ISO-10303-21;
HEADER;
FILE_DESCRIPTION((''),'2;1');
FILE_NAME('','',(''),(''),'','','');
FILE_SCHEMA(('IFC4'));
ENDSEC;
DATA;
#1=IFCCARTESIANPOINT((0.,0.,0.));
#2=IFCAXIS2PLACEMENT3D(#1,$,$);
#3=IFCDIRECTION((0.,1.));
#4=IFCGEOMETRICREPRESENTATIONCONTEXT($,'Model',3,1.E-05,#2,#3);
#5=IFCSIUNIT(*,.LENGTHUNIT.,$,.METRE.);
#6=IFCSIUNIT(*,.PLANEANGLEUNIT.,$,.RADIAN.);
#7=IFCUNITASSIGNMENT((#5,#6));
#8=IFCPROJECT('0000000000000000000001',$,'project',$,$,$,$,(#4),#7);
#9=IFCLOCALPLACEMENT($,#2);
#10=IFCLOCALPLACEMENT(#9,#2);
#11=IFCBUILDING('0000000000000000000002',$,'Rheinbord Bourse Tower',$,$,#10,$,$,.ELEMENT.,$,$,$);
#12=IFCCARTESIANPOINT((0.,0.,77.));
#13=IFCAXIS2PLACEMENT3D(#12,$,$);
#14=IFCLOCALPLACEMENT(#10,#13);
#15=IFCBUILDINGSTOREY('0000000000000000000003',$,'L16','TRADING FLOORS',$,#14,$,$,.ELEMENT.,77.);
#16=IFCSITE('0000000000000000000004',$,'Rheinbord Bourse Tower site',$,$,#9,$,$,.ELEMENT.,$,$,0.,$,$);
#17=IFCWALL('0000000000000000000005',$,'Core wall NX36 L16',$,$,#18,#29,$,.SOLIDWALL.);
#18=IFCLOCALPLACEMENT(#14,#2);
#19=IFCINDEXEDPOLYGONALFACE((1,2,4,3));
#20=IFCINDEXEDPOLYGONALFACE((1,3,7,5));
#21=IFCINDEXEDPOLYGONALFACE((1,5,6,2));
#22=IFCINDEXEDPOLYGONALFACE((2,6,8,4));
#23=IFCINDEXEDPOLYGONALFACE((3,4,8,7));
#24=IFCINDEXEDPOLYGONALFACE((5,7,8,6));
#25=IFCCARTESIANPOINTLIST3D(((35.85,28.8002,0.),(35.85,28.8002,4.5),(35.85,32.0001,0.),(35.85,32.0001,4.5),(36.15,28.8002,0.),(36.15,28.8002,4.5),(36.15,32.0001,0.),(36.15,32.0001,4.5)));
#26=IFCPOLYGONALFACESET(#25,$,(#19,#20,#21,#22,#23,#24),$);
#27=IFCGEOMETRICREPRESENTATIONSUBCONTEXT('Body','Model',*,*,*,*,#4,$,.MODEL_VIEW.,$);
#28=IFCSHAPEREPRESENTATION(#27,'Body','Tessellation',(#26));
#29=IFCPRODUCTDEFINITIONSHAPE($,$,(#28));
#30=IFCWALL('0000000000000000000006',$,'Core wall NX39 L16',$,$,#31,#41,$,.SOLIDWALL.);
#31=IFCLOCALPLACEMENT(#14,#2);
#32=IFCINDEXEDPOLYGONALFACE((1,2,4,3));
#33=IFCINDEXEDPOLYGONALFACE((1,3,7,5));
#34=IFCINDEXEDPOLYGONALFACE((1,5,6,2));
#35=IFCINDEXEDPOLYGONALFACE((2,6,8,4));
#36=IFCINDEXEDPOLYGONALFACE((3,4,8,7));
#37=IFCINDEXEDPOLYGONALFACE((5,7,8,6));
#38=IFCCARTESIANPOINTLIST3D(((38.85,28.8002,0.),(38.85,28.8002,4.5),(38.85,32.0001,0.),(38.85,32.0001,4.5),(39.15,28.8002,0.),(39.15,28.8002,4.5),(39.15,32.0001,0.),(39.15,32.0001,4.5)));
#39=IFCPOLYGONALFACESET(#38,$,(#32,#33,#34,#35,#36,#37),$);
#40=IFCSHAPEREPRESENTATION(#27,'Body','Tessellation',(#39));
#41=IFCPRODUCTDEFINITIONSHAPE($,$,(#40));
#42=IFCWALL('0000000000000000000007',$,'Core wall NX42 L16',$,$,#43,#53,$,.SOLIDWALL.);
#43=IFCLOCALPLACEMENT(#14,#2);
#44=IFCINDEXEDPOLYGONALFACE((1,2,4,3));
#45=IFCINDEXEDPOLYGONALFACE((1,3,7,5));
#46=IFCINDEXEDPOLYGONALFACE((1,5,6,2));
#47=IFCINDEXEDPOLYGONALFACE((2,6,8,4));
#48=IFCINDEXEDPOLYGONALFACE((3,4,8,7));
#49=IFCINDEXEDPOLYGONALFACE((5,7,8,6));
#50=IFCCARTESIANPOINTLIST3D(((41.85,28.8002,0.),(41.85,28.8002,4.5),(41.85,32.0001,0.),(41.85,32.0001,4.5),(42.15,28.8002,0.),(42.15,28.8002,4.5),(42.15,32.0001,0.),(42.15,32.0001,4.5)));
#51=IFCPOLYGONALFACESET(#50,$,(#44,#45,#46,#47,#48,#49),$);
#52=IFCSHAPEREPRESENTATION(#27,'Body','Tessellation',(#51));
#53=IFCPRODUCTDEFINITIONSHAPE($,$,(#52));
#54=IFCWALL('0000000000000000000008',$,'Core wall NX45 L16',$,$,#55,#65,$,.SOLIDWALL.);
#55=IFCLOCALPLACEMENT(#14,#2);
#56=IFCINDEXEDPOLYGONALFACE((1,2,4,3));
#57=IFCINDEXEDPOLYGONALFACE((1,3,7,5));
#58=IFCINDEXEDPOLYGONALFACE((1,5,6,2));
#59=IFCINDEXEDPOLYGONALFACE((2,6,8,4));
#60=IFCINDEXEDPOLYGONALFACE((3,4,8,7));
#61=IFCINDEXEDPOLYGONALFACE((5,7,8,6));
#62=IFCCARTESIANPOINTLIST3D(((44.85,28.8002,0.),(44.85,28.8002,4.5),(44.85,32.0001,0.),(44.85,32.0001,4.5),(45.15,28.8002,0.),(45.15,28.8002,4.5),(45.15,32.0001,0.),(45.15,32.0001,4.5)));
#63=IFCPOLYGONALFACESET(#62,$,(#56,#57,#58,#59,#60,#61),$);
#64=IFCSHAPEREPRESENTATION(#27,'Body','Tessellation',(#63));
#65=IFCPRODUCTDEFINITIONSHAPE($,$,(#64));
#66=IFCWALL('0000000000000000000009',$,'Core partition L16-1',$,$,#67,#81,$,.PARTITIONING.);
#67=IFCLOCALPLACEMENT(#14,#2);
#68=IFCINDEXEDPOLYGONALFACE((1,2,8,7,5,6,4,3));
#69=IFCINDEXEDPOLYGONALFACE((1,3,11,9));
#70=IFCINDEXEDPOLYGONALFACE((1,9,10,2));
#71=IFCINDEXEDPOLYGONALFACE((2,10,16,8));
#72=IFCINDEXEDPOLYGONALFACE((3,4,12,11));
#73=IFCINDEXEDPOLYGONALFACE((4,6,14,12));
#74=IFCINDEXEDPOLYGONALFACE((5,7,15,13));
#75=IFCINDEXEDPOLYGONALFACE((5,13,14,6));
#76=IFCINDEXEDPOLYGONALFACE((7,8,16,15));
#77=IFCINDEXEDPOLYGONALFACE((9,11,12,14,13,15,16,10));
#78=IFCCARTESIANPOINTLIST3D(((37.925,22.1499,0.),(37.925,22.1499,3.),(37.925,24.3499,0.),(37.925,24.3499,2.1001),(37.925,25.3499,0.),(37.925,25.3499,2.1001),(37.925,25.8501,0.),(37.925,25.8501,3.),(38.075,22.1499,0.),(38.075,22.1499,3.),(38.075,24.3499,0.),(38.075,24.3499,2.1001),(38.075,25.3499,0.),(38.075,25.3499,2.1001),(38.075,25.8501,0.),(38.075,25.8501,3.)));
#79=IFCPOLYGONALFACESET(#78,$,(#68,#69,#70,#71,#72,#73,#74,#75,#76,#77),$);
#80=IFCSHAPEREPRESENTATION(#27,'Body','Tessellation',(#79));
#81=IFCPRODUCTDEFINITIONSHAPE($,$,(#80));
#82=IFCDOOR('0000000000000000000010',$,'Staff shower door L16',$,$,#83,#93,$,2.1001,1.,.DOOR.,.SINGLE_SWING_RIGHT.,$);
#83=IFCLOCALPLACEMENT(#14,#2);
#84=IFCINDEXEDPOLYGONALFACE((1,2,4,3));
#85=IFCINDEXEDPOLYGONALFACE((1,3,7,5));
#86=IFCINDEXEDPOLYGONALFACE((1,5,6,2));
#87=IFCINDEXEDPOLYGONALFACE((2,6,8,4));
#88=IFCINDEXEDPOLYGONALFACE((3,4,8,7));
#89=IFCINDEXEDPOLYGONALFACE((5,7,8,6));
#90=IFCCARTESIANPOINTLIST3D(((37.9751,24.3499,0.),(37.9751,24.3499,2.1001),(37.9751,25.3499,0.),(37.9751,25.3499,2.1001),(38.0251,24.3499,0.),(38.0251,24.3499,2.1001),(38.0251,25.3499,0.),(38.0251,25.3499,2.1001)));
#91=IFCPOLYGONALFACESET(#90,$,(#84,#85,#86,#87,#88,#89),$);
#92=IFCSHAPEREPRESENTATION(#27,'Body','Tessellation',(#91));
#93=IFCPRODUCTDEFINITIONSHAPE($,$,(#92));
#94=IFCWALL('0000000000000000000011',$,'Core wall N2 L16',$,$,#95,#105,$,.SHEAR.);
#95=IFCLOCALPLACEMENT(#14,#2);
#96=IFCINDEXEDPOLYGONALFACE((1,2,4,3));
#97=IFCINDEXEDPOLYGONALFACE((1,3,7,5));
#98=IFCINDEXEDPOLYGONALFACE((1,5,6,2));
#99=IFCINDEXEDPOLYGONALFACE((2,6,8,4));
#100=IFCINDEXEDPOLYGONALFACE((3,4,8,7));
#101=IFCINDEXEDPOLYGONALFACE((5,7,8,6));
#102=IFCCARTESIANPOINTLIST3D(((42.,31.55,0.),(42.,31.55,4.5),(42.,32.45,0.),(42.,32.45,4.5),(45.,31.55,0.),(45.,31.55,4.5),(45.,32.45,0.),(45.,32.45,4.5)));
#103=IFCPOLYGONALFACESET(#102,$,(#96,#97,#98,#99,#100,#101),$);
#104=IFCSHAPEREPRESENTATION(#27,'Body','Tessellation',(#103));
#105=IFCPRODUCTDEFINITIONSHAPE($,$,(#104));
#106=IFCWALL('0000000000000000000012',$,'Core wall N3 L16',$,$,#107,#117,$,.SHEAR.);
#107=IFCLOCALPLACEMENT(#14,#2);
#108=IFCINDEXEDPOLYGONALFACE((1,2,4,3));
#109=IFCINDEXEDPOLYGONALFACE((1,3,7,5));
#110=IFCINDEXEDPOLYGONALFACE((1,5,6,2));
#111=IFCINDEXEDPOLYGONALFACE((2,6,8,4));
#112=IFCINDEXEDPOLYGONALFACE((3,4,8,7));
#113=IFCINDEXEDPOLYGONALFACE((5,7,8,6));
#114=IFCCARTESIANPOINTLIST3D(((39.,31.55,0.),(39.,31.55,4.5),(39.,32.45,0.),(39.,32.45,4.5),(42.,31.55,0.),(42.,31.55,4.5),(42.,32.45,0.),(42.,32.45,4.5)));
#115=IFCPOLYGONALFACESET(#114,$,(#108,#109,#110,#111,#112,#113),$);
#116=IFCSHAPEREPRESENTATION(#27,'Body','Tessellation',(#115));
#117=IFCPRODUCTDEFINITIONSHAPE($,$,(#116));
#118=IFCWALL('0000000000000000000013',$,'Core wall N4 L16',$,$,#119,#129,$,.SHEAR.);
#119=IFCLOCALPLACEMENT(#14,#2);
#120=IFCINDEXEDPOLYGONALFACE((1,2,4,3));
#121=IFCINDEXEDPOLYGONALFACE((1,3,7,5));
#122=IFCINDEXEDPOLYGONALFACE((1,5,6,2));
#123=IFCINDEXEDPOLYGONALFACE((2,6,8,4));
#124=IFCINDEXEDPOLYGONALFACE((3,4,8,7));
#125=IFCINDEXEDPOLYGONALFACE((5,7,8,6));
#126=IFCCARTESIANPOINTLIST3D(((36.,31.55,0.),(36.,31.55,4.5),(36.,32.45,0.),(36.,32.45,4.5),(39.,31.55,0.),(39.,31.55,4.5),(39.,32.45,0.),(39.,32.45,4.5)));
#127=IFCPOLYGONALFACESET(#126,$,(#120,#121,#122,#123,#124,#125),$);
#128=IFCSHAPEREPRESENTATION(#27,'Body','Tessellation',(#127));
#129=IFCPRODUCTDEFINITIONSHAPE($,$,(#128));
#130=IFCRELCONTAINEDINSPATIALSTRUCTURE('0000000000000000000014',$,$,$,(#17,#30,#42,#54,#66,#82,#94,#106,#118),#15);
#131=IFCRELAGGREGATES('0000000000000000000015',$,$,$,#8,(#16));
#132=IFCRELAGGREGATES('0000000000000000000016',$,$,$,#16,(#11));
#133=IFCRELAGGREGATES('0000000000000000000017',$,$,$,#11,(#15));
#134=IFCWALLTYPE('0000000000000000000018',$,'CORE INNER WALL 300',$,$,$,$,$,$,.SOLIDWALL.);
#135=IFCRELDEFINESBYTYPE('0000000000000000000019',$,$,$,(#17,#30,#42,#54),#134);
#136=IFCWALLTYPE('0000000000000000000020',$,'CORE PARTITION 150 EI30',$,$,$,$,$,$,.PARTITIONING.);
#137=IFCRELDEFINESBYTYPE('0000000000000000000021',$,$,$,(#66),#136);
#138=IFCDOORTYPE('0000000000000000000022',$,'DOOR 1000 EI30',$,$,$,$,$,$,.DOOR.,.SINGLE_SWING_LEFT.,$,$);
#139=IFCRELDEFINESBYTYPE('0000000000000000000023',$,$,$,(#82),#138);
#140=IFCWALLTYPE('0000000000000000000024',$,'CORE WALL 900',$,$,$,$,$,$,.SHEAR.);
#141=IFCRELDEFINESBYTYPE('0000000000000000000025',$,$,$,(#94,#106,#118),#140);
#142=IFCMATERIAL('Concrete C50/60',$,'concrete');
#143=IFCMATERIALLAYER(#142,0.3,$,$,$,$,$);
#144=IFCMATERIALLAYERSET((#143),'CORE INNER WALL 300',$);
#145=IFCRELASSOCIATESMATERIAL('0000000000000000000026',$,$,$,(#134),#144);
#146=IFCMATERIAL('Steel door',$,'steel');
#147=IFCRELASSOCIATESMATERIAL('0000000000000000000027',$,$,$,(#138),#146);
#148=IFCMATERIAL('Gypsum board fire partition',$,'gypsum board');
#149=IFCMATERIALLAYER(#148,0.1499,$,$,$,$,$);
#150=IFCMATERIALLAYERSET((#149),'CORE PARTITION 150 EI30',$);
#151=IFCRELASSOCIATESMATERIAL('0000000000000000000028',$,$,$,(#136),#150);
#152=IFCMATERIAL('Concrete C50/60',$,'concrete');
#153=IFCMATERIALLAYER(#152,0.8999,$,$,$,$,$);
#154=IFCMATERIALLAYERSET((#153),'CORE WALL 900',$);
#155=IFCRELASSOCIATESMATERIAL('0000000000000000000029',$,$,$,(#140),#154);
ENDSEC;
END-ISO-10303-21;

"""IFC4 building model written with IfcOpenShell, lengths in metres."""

from ifc_helpers import new_model, si_unit, direction, frame, frame_2d, origin, place, context, subcontext, project, spatial, rectangle, extrude, material, layer, layer_set, type_object, element, fill, save


model = new_model("IFC4")

# Units and contexts
model_context = context("Model", 3, precision=1e-05, world=origin(), true_north=direction((0.0, 1.0)))
body_context = subcontext(model_context, "Body", "Model", "MODEL_VIEW")
ifc_project = project(units=[si_unit("LENGTHUNIT", "METRE"), si_unit("PLANEANGLEUNIT", "RADIAN")], contexts=[model_context])

# Site, building, storey
site_placement = place(None, origin())
site = spatial("IfcSite", under=ifc_project, at=site_placement, Name="Rheinbord Bourse Tower site", CompositionType="ELEMENT", RefElevation=0.0)
building_placement = place(site_placement, origin())
building = spatial("IfcBuilding", under=site, at=building_placement, Name="Rheinbord Bourse Tower", CompositionType="ELEMENT")
storey_placement = place(building_placement, frame((0.0, 0.0, 77.0)))
storey = spatial("IfcBuildingStorey", under=building, at=storey_placement, Name="L16", Description="TRADING FLOORS", CompositionType="ELEMENT", Elevation=77.0)

# Shared definitions
ifc_material_1 = material(Name="Concrete C50/60", Category="concrete")
ifc_layer_1 = layer(ifc_material_1, 0.3)
ifc_layer_set_1 = layer_set([ifc_layer_1], Name="CORE INNER WALL 300")
wall_type_1 = type_object("IfcWallType", Name="CORE INNER WALL 300", PredefinedType="SOLIDWALL", material=ifc_layer_set_1)

# Shared definitions
ifc_material_2 = material(Name="Steel door", Category="steel")
door_type_1 = type_object("IfcDoorType", Name="DOOR 1000 EI30", OperationType="SINGLE_SWING_LEFT", PredefinedType="DOOR", material=ifc_material_2)

# Walls
for number, where, z_axis, x_axis, name in (
    (1, (36.0, 28.8, 0.0), (0.0, 0.0, 1.0), (0.0, 1.0, 0.0), "Core wall NX36 L16"),
    (2, (39.0, 28.8, 0.0), (0.0, 0.0, 1.0), (0.0, 1.0, 0.0), "Core wall NX39 L16"),
    (3, (42.0, 28.8, 0.0), (0.0, 0.0, 1.0), (0.0, 1.0, 0.0), "Core wall NX42 L16"),
    (4, (45.0, 28.8, 0.0), (0.0, 0.0, 1.0), (0.0, 1.0, 0.0), "Core wall NX45 L16"),
):
    element("IfcWall", number, at=place(storey_placement, frame(where, z_axis=z_axis, x_axis=x_axis)), inside=storey, type_object=wall_type_1, Name=name, PredefinedType="SOLIDWALL", context=body_context, shape_type="SweptSolid", body=[
        extrude(rectangle(XDim=3.2, YDim=0.3, at=frame_2d((1.6001, 0.0))), origin(), (0.0, 0.0, 1.0), 4.5),
    ])

# Wall, opening, door
ifc_material_3 = material(Name="Gypsum board fire partition", Category="gypsum board")
ifc_layer_2 = layer(ifc_material_3, 0.1499)
ifc_layer_set_2 = layer_set([ifc_layer_2], Name="CORE PARTITION 150 EI30")
wall_type_2 = type_object("IfcWallType", Name="CORE PARTITION 150 EI30", PredefinedType="PARTITIONING", material=ifc_layer_set_2)
wall_1_placement = place(storey_placement, frame((38.0, 22.1499, 0.0), z_axis=(0.0, 0.0, 1.0), x_axis=(0.0, 1.0, 0.0)))
wall_1 = element("IfcWall", 5, at=wall_1_placement, inside=storey, type_object=wall_type_2, Name="Core partition L16-1", PredefinedType="PARTITIONING", context=body_context, shape_type="SweptSolid", body=[
    extrude(rectangle(XDim=3.7002, YDim=0.1499, at=frame_2d((1.8501, 0.0))), origin(), (0.0, 0.0, 1.0), 3.0),
])
opening_1_placement = place(wall_1_placement, frame((2.2, 0.0, 0.0)))
opening_1 = element("IfcOpeningElement", 6, at=opening_1_placement, cuts=wall_1, PredefinedType="OPENING", context=body_context, shape_type="SweptSolid", body=[
    extrude(rectangle(XDim=1.0, YDim=2.1001, at=frame_2d((0.5, 1.05))), frame((0.0, 0.085, 0.0), z_axis=(0.0, -1.0, 0.0), x_axis=(1.0, 0.0, 0.0)), (0.0, 0.0, 1.0), 0.1699),
])
door_1_placement = place(opening_1_placement, origin())
door_1 = element("IfcDoor", 7, at=door_1_placement, inside=storey, type_object=door_type_1, Name="Staff shower door L16", OperationType="SINGLE_SWING_RIGHT", OverallHeight=2.1001, OverallWidth=1.0, PredefinedType="DOOR", context=body_context, shape_type="SweptSolid", body=[
    extrude(rectangle(XDim=1.0, YDim=2.1001, at=frame_2d((0.5, 1.05))), frame((0.0, 0.0249, 0.0), z_axis=(0.0, -1.0, 0.0), x_axis=(1.0, 0.0, 0.0)), (0.0, 0.0, 1.0), 0.05),
])
fill(opening_1, door_1)

# Walls
ifc_material_4 = material(Name="Concrete C50/60", Category="concrete")
ifc_layer_3 = layer(ifc_material_4, 0.8999)
ifc_layer_set_3 = layer_set([ifc_layer_3], Name="CORE WALL 900")
wall_type_3 = type_object("IfcWallType", Name="CORE WALL 900", PredefinedType="SHEAR", material=ifc_layer_set_3)
for number, where, z_axis, x_axis, name in (
    (8, (45.0, 32.0, 0.0), (0.0, 0.0, 1.0), (-1.0, 0.0, 0.0), "Core wall N2 L16"),
    (9, (42.0, 32.0, 0.0), (0.0, 0.0, 1.0), (-1.0, 0.0, 0.0), "Core wall N3 L16"),
    (10, (39.0, 32.0, 0.0), (0.0, 0.0, 1.0), (-1.0, 0.0, 0.0), "Core wall N4 L16"),
):
    element("IfcWall", number, at=place(storey_placement, frame(where, z_axis=z_axis, x_axis=x_axis)), inside=storey, type_object=wall_type_3, Name=name, PredefinedType="SHEAR", context=body_context, shape_type="SweptSolid", body=[
        extrude(rectangle(XDim=3.0, YDim=0.8999, at=frame_2d((1.5, 0.0))), origin(), (0.0, 0.0, 1.0), 4.5),
    ])

save(model, "model.ifc")
